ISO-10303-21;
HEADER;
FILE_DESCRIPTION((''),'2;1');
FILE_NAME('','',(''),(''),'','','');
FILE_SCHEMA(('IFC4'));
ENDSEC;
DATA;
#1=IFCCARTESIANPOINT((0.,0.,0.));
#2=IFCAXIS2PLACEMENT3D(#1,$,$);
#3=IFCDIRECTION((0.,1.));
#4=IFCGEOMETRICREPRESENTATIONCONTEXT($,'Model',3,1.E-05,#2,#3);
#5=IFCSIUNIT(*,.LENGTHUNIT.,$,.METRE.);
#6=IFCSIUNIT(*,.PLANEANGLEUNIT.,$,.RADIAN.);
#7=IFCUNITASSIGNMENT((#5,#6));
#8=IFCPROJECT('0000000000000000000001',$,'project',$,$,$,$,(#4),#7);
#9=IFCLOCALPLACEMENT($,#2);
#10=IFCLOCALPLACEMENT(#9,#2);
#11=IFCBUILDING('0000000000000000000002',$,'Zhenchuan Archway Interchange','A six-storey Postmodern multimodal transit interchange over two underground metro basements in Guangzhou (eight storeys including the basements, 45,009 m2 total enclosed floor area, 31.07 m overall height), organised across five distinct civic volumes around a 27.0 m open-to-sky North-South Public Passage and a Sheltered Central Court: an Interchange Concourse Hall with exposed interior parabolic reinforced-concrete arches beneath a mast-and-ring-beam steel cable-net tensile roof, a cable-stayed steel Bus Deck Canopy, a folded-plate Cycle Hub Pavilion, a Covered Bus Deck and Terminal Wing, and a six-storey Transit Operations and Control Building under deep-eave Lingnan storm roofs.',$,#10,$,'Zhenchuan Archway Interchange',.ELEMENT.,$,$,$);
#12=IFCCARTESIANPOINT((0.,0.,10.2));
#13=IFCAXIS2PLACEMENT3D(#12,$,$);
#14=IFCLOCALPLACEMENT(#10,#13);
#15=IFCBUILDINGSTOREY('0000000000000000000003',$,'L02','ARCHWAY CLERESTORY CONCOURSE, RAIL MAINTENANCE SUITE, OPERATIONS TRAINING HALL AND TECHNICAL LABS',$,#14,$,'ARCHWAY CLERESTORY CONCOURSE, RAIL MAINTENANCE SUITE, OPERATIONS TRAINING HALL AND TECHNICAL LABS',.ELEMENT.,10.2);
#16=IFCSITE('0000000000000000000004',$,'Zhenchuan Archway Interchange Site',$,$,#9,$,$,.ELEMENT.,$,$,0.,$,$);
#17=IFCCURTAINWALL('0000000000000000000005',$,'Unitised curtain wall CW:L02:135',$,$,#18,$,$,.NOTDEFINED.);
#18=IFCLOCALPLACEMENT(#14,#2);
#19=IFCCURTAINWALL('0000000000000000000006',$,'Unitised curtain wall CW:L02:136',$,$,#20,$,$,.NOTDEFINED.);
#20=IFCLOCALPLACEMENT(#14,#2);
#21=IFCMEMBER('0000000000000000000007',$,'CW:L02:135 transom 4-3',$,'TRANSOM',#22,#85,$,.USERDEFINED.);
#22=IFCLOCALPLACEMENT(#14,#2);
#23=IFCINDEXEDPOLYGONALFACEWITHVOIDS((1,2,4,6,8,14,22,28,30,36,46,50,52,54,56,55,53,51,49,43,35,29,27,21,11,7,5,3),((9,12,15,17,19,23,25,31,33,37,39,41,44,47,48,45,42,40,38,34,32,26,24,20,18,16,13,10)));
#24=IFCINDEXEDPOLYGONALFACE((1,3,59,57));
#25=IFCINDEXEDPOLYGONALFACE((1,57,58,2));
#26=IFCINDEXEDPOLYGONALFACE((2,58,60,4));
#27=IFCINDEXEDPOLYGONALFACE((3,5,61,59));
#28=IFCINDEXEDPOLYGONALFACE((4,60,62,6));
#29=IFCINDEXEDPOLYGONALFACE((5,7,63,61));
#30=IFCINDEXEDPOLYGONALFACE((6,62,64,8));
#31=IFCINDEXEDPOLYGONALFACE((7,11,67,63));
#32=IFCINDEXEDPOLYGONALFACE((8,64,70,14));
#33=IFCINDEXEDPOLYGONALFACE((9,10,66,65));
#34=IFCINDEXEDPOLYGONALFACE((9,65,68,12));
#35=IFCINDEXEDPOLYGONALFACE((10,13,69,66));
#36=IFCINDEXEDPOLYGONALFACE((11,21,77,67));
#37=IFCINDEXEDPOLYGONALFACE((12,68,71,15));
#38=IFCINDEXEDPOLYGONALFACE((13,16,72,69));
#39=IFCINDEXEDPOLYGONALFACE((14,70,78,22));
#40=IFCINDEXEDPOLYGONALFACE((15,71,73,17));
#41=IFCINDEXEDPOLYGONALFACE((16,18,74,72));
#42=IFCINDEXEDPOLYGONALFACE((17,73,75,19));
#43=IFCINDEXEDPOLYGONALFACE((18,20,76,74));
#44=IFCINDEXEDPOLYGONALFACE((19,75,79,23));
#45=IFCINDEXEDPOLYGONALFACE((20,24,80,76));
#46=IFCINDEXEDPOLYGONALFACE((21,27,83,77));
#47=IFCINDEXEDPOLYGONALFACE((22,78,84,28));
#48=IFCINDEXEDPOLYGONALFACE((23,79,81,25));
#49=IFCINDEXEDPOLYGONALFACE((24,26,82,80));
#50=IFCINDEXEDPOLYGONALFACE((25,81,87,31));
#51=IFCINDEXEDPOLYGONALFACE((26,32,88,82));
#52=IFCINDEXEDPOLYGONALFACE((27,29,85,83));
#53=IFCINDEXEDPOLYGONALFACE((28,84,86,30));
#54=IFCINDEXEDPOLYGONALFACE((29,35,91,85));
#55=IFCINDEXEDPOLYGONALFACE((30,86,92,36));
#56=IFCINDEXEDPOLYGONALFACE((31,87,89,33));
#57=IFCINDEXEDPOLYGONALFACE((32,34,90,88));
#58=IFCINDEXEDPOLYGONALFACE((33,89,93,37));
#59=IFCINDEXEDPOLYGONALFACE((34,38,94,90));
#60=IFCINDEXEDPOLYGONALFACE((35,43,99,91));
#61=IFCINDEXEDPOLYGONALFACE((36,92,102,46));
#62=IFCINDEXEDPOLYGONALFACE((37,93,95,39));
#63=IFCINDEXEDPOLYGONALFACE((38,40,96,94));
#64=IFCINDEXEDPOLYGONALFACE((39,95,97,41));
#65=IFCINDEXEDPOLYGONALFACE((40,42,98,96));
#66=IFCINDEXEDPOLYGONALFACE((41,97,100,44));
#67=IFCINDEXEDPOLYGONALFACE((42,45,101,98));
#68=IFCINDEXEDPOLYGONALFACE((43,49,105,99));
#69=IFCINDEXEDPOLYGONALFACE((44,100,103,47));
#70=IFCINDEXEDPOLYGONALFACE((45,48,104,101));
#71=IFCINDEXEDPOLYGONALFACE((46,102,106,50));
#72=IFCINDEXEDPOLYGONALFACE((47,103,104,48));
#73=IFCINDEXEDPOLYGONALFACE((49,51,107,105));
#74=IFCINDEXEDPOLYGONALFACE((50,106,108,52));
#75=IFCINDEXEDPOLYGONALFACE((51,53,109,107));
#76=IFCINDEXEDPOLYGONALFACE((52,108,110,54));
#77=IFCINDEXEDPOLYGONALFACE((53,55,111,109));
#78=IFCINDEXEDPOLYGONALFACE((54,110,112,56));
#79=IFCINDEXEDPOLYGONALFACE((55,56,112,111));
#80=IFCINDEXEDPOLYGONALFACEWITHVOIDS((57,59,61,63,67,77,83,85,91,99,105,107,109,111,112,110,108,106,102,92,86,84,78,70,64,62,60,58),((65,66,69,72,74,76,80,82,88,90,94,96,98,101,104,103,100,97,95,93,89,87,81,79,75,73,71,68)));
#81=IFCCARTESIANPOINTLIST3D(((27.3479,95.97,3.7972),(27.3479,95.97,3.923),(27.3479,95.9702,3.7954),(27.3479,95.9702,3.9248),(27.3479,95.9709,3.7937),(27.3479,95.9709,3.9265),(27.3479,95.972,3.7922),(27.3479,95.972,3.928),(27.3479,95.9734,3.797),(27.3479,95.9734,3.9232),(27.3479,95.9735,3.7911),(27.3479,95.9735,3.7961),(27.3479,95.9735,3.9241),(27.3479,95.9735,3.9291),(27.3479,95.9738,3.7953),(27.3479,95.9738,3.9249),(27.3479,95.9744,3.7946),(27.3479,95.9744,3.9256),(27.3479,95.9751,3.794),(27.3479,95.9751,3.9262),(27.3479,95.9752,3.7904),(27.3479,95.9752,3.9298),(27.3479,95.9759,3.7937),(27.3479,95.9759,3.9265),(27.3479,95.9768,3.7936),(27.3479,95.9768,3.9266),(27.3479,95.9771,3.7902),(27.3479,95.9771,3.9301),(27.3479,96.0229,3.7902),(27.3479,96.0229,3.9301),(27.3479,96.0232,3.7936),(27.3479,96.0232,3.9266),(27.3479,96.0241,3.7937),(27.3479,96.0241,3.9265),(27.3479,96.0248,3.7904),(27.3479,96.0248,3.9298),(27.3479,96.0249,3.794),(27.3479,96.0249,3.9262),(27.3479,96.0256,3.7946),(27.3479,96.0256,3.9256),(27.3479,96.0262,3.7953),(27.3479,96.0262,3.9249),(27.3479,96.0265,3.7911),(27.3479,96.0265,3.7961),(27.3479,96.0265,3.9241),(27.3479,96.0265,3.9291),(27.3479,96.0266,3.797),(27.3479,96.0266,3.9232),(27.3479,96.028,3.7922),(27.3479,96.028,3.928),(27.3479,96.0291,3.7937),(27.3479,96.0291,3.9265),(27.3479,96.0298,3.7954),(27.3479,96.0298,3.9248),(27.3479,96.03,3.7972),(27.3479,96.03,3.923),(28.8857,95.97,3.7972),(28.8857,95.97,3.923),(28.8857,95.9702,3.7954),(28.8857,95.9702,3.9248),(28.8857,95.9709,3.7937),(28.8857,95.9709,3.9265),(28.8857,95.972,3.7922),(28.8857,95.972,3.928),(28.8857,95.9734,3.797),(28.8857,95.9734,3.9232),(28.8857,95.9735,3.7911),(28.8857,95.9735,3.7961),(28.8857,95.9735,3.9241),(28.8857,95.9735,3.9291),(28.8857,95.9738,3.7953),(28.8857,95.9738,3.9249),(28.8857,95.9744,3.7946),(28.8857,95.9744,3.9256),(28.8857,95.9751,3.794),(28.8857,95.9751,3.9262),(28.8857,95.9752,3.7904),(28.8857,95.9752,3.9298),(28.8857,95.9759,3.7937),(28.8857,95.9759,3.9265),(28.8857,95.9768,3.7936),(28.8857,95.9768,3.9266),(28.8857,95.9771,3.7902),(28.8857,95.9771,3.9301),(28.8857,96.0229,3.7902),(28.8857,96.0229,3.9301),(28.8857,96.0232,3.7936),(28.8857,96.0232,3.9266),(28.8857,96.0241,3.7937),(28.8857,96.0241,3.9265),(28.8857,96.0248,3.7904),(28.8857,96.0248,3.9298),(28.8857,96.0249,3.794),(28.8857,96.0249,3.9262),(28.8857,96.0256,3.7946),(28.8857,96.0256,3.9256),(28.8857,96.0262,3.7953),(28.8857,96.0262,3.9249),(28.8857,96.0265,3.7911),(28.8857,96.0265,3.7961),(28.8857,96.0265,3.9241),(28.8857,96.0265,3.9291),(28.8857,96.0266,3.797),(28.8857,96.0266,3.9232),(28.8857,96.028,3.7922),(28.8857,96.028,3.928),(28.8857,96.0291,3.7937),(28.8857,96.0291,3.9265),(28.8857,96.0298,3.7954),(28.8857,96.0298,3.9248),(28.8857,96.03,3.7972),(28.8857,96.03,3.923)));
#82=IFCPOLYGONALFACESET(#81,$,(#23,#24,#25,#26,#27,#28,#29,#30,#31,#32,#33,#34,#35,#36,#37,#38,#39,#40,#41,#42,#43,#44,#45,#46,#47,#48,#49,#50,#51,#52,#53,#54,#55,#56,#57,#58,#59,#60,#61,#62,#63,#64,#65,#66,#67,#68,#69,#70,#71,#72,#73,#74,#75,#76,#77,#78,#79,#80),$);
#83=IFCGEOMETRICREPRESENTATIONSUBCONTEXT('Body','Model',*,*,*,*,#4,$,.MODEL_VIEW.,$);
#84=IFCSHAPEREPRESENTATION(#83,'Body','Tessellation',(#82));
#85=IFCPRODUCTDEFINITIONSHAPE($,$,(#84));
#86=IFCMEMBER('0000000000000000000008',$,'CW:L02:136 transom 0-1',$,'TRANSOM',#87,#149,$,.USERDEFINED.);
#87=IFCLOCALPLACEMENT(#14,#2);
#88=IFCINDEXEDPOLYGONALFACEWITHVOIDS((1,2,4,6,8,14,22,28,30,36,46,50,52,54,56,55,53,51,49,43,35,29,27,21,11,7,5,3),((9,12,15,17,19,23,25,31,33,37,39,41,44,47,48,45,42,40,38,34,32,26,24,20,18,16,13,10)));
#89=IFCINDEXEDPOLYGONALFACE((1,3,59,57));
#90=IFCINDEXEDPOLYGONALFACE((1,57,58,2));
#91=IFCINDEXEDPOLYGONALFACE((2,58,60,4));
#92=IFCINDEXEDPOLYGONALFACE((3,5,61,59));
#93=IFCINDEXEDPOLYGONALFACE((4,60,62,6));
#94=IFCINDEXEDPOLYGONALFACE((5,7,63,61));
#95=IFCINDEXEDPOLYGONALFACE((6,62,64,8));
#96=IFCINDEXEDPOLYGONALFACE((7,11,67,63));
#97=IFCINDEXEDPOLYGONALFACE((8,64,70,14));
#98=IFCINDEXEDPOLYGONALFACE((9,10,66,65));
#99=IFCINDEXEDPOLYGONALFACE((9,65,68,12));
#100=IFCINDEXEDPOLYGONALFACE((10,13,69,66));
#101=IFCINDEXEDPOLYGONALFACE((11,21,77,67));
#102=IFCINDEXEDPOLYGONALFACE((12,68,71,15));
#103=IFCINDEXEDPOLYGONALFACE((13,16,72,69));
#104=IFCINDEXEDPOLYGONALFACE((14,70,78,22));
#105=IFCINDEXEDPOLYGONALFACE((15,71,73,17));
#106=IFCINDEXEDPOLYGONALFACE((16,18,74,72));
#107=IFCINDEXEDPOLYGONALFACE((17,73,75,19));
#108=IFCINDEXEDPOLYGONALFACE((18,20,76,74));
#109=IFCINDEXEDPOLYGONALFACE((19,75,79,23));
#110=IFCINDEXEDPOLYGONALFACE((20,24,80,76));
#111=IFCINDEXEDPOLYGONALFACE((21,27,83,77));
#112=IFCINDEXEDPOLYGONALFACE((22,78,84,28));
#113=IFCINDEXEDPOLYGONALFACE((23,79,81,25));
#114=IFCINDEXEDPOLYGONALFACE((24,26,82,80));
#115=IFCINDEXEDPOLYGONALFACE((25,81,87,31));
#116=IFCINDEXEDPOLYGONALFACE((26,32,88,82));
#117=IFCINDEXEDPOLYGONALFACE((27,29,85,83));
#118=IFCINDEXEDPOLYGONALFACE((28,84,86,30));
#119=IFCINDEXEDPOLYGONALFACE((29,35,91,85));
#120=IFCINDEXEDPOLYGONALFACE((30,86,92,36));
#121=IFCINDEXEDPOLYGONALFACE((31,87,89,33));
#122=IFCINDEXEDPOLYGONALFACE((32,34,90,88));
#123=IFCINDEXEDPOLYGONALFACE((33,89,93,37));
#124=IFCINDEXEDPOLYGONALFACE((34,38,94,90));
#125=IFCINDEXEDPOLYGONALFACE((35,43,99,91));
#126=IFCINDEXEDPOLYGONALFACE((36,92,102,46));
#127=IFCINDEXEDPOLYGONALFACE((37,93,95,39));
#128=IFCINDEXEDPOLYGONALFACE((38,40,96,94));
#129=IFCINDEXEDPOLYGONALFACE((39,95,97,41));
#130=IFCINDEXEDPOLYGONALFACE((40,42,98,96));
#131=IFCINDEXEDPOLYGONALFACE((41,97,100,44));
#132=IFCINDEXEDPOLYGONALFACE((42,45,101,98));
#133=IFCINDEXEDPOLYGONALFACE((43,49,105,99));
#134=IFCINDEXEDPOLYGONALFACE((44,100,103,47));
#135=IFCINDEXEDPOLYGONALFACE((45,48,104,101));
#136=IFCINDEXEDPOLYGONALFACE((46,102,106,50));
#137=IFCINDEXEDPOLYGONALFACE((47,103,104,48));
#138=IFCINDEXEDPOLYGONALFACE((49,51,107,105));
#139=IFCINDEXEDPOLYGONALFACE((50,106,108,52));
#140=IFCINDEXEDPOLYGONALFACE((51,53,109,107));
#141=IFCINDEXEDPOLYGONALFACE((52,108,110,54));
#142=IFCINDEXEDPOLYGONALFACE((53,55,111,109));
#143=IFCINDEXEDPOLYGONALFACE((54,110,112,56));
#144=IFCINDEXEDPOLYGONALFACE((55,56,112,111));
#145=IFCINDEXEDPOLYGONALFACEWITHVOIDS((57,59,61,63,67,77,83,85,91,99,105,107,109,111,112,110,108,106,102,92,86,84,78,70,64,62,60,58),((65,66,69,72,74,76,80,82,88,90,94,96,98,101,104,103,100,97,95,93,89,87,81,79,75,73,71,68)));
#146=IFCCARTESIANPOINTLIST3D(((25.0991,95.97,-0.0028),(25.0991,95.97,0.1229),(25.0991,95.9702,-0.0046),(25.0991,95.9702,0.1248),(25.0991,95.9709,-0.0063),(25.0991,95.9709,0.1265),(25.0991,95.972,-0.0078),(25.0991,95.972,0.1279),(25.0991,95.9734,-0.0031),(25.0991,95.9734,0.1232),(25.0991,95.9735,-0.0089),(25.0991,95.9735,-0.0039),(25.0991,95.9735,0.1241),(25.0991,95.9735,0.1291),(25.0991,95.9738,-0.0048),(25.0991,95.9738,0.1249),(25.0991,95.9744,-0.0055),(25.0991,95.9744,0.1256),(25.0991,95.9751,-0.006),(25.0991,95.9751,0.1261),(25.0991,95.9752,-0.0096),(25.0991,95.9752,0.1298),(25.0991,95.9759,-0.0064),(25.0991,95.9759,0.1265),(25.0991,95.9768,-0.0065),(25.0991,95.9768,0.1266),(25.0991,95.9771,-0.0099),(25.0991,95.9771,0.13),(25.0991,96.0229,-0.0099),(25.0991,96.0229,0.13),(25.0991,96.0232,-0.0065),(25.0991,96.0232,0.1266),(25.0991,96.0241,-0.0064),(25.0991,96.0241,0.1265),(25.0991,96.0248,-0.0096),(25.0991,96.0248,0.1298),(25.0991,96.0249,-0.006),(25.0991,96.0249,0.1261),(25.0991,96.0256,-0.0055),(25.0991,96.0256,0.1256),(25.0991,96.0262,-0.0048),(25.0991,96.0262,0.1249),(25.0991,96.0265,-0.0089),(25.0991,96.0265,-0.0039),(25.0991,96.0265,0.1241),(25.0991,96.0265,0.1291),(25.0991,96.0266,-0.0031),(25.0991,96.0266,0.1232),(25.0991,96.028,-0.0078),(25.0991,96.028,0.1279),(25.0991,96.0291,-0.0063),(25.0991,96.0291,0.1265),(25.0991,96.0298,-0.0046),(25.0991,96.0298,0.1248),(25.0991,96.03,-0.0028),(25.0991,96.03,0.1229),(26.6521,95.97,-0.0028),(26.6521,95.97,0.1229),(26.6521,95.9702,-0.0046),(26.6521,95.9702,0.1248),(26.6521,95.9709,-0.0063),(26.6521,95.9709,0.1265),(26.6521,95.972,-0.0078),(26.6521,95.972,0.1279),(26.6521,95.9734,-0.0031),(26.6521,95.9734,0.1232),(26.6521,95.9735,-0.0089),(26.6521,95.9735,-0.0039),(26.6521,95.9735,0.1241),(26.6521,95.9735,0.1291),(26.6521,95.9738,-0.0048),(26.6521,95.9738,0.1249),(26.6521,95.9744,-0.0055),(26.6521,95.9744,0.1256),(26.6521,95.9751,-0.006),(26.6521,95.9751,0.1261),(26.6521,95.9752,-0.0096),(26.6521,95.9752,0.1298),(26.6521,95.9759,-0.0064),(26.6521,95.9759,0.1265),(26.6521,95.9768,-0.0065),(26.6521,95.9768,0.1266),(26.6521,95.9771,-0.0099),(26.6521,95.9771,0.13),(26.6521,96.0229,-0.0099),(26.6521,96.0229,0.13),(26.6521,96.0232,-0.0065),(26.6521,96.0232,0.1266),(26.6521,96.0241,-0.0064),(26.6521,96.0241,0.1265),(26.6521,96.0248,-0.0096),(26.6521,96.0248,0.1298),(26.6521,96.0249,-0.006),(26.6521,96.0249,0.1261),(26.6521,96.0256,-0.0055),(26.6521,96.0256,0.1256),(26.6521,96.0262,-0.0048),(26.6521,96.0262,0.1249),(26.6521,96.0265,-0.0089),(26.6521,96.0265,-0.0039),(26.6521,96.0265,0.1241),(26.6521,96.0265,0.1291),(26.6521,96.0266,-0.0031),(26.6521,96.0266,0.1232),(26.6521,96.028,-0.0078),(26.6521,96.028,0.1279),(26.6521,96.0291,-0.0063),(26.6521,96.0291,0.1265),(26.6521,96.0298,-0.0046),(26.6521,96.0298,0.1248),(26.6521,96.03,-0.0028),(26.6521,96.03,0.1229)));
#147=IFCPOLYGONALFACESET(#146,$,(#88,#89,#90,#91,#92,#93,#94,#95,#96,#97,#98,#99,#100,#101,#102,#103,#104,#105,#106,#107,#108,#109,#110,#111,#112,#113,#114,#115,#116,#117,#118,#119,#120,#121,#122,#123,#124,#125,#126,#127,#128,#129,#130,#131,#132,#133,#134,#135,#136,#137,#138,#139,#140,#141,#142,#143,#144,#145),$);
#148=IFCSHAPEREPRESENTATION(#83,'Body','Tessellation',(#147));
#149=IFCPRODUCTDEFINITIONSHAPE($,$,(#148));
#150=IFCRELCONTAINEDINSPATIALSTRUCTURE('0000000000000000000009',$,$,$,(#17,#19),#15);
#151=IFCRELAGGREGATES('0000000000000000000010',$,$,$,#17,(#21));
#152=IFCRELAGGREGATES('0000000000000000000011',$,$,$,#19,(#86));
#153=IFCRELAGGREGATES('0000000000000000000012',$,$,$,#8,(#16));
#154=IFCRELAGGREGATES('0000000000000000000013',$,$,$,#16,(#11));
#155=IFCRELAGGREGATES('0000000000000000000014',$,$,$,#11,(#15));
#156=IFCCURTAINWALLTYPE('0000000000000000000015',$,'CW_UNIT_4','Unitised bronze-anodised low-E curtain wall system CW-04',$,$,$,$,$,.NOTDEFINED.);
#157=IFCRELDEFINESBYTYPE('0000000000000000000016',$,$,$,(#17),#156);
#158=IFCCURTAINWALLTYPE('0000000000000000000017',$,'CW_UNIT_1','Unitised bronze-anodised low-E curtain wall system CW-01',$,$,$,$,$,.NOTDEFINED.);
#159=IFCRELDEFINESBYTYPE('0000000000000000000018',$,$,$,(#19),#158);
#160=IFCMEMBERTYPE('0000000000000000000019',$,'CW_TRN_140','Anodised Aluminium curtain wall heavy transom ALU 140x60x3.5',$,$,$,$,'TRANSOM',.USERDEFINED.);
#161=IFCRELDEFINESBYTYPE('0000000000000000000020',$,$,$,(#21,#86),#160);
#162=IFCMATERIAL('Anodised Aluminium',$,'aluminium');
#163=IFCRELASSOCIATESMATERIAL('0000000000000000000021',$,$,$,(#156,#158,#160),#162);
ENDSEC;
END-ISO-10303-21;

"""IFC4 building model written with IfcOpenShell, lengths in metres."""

from ifc_helpers import new_model, si_unit, direction, frame, origin, origin_2d, place, context, subcontext, project, spatial, hollow_rectangle, extrude, material, material_profile, profile_set, type_object, element, aggregate, save


model = new_model("IFC4")

# Units and contexts
model_context = context("Model", 3, precision=1e-05, world=origin(), true_north=direction((0.0, 1.0)))
body_context = subcontext(model_context, "Body", "Model", "MODEL_VIEW")
ifc_project = project(units=[si_unit("LENGTHUNIT", "METRE"), si_unit("PLANEANGLEUNIT", "RADIAN")], contexts=[model_context])

# Site, building, storey
site_placement = place(None, origin())
site = spatial("IfcSite", under=ifc_project, at=site_placement, Name="Zhenchuan Archway Interchange Site", CompositionType="ELEMENT", RefElevation=0.0)
building_placement = place(site_placement, origin())
building = spatial("IfcBuilding", under=site, at=building_placement, Name="Zhenchuan Archway Interchange", Description="A six-storey Postmodern multimodal transit interchange over two underground metro basements in Guangzhou (eight storeys including the basements, 45,009 m2 total enclosed floor area, 31.07 m overall height), organised across five distinct civic volumes around a 27.0 m open-to-sky North-South Public Passage and a Sheltered Central Court: an Interchange Concourse Hall with exposed interior parabolic reinforced-concrete arches beneath a mast-and-ring-beam steel cable-net tensile roof, a cable-stayed steel Bus Deck Canopy, a folded-plate Cycle Hub Pavilion, a Covered Bus Deck and Terminal Wing, and a six-storey Transit Operations and Control Building under deep-eave Lingnan storm roofs.", LongName="Zhenchuan Archway Interchange", CompositionType="ELEMENT")
storey_placement = place(building_placement, frame((0.0, 0.0, 10.2)))
storey = spatial("IfcBuildingStorey", under=building, at=storey_placement, Name="L02", Description="ARCHWAY CLERESTORY CONCOURSE, RAIL MAINTENANCE SUITE, OPERATIONS TRAINING HALL AND TECHNICAL LABS", LongName="ARCHWAY CLERESTORY CONCOURSE, RAIL MAINTENANCE SUITE, OPERATIONS TRAINING HALL AND TECHNICAL LABS", CompositionType="ELEMENT", Elevation=10.2)

# Curtain walls
ifc_material_1 = material(Name="Anodised Aluminium", Category="aluminium")
curtain_wall_type_1 = type_object("IfcCurtainWallType", Name="CW_UNIT_4", Description="Unitised bronze-anodised low-E curtain wall system CW-04", PredefinedType="NOTDEFINED", material=ifc_material_1)
curtain_wall_1_placement = place(storey_placement, origin())
curtain_wall_1 = element("IfcCurtainWall", 1, at=curtain_wall_1_placement, inside=storey, type_object=curtain_wall_type_1, Name="Unitised curtain wall CW:L02:135", PredefinedType="NOTDEFINED")
curtain_wall_type_2 = type_object("IfcCurtainWallType", Name="CW_UNIT_1", Description="Unitised bronze-anodised low-E curtain wall system CW-01", PredefinedType="NOTDEFINED", material=ifc_material_1)
curtain_wall_2_placement = place(storey_placement, origin())
curtain_wall_2 = element("IfcCurtainWall", 2, at=curtain_wall_2_placement, inside=storey, type_object=curtain_wall_type_2, Name="Unitised curtain wall CW:L02:136", PredefinedType="NOTDEFINED")

# Members
ifc_material_profile_1 = material_profile(ifc_material_1, hollow_rectangle(XDim=0.0601, YDim=0.1399, WallThickness=0.0034, InnerFilletRadius=0.0034, OuterFilletRadius=0.0071, at=origin_2d()), Name="ALU 140x60x3.5")
ifc_profile_set_1 = profile_set([ifc_material_profile_1], Name="Anodised Aluminium")
member_type_1 = type_object("IfcMemberType", Name="CW_TRN_140", Description="Anodised Aluminium curtain wall heavy transom ALU 140x60x3.5", ElementType="TRANSOM", PredefinedType="USERDEFINED", material=ifc_profile_set_1)
member_1_placement = place(storey_placement, frame((28.8857, 96.0, 3.8601), z_axis=(-1.0, 0.0, 0.0), x_axis=(0.0, -1.0, 0.0)))
member_1 = element("IfcMember", 3, at=member_1_placement, type_object=member_type_1, Name="CW:L02:135 transom 4-3", ObjectType="TRANSOM", PredefinedType="USERDEFINED", context=body_context, shape_type="SweptSolid", body=[
    extrude(hollow_rectangle(XDim=0.0601, YDim=0.1399, WallThickness=0.0034, InnerFilletRadius=0.0034, OuterFilletRadius=0.0071, at=origin_2d()), origin(), (0.0, 0.0, 1.0), 1.5378),
])
member_2_placement = place(storey_placement, frame((26.6521, 96.0, 0.0601), z_axis=(-1.0, 0.0, 0.0), x_axis=(0.0, -1.0, 0.0)))
member_2 = element("IfcMember", 4, at=member_2_placement, type_object=member_type_1, Name="CW:L02:136 transom 0-1", ObjectType="TRANSOM", PredefinedType="USERDEFINED", context=body_context, shape_type="SweptSolid", body=[
    extrude(hollow_rectangle(XDim=0.0601, YDim=0.1399, WallThickness=0.0034, InnerFilletRadius=0.0034, OuterFilletRadius=0.0071, at=origin_2d()), origin(), (0.0, 0.0, 1.0), 1.553),
])

aggregate(curtain_wall_1, [member_1])
aggregate(curtain_wall_2, [member_2])

save(model, "model.ifc")
